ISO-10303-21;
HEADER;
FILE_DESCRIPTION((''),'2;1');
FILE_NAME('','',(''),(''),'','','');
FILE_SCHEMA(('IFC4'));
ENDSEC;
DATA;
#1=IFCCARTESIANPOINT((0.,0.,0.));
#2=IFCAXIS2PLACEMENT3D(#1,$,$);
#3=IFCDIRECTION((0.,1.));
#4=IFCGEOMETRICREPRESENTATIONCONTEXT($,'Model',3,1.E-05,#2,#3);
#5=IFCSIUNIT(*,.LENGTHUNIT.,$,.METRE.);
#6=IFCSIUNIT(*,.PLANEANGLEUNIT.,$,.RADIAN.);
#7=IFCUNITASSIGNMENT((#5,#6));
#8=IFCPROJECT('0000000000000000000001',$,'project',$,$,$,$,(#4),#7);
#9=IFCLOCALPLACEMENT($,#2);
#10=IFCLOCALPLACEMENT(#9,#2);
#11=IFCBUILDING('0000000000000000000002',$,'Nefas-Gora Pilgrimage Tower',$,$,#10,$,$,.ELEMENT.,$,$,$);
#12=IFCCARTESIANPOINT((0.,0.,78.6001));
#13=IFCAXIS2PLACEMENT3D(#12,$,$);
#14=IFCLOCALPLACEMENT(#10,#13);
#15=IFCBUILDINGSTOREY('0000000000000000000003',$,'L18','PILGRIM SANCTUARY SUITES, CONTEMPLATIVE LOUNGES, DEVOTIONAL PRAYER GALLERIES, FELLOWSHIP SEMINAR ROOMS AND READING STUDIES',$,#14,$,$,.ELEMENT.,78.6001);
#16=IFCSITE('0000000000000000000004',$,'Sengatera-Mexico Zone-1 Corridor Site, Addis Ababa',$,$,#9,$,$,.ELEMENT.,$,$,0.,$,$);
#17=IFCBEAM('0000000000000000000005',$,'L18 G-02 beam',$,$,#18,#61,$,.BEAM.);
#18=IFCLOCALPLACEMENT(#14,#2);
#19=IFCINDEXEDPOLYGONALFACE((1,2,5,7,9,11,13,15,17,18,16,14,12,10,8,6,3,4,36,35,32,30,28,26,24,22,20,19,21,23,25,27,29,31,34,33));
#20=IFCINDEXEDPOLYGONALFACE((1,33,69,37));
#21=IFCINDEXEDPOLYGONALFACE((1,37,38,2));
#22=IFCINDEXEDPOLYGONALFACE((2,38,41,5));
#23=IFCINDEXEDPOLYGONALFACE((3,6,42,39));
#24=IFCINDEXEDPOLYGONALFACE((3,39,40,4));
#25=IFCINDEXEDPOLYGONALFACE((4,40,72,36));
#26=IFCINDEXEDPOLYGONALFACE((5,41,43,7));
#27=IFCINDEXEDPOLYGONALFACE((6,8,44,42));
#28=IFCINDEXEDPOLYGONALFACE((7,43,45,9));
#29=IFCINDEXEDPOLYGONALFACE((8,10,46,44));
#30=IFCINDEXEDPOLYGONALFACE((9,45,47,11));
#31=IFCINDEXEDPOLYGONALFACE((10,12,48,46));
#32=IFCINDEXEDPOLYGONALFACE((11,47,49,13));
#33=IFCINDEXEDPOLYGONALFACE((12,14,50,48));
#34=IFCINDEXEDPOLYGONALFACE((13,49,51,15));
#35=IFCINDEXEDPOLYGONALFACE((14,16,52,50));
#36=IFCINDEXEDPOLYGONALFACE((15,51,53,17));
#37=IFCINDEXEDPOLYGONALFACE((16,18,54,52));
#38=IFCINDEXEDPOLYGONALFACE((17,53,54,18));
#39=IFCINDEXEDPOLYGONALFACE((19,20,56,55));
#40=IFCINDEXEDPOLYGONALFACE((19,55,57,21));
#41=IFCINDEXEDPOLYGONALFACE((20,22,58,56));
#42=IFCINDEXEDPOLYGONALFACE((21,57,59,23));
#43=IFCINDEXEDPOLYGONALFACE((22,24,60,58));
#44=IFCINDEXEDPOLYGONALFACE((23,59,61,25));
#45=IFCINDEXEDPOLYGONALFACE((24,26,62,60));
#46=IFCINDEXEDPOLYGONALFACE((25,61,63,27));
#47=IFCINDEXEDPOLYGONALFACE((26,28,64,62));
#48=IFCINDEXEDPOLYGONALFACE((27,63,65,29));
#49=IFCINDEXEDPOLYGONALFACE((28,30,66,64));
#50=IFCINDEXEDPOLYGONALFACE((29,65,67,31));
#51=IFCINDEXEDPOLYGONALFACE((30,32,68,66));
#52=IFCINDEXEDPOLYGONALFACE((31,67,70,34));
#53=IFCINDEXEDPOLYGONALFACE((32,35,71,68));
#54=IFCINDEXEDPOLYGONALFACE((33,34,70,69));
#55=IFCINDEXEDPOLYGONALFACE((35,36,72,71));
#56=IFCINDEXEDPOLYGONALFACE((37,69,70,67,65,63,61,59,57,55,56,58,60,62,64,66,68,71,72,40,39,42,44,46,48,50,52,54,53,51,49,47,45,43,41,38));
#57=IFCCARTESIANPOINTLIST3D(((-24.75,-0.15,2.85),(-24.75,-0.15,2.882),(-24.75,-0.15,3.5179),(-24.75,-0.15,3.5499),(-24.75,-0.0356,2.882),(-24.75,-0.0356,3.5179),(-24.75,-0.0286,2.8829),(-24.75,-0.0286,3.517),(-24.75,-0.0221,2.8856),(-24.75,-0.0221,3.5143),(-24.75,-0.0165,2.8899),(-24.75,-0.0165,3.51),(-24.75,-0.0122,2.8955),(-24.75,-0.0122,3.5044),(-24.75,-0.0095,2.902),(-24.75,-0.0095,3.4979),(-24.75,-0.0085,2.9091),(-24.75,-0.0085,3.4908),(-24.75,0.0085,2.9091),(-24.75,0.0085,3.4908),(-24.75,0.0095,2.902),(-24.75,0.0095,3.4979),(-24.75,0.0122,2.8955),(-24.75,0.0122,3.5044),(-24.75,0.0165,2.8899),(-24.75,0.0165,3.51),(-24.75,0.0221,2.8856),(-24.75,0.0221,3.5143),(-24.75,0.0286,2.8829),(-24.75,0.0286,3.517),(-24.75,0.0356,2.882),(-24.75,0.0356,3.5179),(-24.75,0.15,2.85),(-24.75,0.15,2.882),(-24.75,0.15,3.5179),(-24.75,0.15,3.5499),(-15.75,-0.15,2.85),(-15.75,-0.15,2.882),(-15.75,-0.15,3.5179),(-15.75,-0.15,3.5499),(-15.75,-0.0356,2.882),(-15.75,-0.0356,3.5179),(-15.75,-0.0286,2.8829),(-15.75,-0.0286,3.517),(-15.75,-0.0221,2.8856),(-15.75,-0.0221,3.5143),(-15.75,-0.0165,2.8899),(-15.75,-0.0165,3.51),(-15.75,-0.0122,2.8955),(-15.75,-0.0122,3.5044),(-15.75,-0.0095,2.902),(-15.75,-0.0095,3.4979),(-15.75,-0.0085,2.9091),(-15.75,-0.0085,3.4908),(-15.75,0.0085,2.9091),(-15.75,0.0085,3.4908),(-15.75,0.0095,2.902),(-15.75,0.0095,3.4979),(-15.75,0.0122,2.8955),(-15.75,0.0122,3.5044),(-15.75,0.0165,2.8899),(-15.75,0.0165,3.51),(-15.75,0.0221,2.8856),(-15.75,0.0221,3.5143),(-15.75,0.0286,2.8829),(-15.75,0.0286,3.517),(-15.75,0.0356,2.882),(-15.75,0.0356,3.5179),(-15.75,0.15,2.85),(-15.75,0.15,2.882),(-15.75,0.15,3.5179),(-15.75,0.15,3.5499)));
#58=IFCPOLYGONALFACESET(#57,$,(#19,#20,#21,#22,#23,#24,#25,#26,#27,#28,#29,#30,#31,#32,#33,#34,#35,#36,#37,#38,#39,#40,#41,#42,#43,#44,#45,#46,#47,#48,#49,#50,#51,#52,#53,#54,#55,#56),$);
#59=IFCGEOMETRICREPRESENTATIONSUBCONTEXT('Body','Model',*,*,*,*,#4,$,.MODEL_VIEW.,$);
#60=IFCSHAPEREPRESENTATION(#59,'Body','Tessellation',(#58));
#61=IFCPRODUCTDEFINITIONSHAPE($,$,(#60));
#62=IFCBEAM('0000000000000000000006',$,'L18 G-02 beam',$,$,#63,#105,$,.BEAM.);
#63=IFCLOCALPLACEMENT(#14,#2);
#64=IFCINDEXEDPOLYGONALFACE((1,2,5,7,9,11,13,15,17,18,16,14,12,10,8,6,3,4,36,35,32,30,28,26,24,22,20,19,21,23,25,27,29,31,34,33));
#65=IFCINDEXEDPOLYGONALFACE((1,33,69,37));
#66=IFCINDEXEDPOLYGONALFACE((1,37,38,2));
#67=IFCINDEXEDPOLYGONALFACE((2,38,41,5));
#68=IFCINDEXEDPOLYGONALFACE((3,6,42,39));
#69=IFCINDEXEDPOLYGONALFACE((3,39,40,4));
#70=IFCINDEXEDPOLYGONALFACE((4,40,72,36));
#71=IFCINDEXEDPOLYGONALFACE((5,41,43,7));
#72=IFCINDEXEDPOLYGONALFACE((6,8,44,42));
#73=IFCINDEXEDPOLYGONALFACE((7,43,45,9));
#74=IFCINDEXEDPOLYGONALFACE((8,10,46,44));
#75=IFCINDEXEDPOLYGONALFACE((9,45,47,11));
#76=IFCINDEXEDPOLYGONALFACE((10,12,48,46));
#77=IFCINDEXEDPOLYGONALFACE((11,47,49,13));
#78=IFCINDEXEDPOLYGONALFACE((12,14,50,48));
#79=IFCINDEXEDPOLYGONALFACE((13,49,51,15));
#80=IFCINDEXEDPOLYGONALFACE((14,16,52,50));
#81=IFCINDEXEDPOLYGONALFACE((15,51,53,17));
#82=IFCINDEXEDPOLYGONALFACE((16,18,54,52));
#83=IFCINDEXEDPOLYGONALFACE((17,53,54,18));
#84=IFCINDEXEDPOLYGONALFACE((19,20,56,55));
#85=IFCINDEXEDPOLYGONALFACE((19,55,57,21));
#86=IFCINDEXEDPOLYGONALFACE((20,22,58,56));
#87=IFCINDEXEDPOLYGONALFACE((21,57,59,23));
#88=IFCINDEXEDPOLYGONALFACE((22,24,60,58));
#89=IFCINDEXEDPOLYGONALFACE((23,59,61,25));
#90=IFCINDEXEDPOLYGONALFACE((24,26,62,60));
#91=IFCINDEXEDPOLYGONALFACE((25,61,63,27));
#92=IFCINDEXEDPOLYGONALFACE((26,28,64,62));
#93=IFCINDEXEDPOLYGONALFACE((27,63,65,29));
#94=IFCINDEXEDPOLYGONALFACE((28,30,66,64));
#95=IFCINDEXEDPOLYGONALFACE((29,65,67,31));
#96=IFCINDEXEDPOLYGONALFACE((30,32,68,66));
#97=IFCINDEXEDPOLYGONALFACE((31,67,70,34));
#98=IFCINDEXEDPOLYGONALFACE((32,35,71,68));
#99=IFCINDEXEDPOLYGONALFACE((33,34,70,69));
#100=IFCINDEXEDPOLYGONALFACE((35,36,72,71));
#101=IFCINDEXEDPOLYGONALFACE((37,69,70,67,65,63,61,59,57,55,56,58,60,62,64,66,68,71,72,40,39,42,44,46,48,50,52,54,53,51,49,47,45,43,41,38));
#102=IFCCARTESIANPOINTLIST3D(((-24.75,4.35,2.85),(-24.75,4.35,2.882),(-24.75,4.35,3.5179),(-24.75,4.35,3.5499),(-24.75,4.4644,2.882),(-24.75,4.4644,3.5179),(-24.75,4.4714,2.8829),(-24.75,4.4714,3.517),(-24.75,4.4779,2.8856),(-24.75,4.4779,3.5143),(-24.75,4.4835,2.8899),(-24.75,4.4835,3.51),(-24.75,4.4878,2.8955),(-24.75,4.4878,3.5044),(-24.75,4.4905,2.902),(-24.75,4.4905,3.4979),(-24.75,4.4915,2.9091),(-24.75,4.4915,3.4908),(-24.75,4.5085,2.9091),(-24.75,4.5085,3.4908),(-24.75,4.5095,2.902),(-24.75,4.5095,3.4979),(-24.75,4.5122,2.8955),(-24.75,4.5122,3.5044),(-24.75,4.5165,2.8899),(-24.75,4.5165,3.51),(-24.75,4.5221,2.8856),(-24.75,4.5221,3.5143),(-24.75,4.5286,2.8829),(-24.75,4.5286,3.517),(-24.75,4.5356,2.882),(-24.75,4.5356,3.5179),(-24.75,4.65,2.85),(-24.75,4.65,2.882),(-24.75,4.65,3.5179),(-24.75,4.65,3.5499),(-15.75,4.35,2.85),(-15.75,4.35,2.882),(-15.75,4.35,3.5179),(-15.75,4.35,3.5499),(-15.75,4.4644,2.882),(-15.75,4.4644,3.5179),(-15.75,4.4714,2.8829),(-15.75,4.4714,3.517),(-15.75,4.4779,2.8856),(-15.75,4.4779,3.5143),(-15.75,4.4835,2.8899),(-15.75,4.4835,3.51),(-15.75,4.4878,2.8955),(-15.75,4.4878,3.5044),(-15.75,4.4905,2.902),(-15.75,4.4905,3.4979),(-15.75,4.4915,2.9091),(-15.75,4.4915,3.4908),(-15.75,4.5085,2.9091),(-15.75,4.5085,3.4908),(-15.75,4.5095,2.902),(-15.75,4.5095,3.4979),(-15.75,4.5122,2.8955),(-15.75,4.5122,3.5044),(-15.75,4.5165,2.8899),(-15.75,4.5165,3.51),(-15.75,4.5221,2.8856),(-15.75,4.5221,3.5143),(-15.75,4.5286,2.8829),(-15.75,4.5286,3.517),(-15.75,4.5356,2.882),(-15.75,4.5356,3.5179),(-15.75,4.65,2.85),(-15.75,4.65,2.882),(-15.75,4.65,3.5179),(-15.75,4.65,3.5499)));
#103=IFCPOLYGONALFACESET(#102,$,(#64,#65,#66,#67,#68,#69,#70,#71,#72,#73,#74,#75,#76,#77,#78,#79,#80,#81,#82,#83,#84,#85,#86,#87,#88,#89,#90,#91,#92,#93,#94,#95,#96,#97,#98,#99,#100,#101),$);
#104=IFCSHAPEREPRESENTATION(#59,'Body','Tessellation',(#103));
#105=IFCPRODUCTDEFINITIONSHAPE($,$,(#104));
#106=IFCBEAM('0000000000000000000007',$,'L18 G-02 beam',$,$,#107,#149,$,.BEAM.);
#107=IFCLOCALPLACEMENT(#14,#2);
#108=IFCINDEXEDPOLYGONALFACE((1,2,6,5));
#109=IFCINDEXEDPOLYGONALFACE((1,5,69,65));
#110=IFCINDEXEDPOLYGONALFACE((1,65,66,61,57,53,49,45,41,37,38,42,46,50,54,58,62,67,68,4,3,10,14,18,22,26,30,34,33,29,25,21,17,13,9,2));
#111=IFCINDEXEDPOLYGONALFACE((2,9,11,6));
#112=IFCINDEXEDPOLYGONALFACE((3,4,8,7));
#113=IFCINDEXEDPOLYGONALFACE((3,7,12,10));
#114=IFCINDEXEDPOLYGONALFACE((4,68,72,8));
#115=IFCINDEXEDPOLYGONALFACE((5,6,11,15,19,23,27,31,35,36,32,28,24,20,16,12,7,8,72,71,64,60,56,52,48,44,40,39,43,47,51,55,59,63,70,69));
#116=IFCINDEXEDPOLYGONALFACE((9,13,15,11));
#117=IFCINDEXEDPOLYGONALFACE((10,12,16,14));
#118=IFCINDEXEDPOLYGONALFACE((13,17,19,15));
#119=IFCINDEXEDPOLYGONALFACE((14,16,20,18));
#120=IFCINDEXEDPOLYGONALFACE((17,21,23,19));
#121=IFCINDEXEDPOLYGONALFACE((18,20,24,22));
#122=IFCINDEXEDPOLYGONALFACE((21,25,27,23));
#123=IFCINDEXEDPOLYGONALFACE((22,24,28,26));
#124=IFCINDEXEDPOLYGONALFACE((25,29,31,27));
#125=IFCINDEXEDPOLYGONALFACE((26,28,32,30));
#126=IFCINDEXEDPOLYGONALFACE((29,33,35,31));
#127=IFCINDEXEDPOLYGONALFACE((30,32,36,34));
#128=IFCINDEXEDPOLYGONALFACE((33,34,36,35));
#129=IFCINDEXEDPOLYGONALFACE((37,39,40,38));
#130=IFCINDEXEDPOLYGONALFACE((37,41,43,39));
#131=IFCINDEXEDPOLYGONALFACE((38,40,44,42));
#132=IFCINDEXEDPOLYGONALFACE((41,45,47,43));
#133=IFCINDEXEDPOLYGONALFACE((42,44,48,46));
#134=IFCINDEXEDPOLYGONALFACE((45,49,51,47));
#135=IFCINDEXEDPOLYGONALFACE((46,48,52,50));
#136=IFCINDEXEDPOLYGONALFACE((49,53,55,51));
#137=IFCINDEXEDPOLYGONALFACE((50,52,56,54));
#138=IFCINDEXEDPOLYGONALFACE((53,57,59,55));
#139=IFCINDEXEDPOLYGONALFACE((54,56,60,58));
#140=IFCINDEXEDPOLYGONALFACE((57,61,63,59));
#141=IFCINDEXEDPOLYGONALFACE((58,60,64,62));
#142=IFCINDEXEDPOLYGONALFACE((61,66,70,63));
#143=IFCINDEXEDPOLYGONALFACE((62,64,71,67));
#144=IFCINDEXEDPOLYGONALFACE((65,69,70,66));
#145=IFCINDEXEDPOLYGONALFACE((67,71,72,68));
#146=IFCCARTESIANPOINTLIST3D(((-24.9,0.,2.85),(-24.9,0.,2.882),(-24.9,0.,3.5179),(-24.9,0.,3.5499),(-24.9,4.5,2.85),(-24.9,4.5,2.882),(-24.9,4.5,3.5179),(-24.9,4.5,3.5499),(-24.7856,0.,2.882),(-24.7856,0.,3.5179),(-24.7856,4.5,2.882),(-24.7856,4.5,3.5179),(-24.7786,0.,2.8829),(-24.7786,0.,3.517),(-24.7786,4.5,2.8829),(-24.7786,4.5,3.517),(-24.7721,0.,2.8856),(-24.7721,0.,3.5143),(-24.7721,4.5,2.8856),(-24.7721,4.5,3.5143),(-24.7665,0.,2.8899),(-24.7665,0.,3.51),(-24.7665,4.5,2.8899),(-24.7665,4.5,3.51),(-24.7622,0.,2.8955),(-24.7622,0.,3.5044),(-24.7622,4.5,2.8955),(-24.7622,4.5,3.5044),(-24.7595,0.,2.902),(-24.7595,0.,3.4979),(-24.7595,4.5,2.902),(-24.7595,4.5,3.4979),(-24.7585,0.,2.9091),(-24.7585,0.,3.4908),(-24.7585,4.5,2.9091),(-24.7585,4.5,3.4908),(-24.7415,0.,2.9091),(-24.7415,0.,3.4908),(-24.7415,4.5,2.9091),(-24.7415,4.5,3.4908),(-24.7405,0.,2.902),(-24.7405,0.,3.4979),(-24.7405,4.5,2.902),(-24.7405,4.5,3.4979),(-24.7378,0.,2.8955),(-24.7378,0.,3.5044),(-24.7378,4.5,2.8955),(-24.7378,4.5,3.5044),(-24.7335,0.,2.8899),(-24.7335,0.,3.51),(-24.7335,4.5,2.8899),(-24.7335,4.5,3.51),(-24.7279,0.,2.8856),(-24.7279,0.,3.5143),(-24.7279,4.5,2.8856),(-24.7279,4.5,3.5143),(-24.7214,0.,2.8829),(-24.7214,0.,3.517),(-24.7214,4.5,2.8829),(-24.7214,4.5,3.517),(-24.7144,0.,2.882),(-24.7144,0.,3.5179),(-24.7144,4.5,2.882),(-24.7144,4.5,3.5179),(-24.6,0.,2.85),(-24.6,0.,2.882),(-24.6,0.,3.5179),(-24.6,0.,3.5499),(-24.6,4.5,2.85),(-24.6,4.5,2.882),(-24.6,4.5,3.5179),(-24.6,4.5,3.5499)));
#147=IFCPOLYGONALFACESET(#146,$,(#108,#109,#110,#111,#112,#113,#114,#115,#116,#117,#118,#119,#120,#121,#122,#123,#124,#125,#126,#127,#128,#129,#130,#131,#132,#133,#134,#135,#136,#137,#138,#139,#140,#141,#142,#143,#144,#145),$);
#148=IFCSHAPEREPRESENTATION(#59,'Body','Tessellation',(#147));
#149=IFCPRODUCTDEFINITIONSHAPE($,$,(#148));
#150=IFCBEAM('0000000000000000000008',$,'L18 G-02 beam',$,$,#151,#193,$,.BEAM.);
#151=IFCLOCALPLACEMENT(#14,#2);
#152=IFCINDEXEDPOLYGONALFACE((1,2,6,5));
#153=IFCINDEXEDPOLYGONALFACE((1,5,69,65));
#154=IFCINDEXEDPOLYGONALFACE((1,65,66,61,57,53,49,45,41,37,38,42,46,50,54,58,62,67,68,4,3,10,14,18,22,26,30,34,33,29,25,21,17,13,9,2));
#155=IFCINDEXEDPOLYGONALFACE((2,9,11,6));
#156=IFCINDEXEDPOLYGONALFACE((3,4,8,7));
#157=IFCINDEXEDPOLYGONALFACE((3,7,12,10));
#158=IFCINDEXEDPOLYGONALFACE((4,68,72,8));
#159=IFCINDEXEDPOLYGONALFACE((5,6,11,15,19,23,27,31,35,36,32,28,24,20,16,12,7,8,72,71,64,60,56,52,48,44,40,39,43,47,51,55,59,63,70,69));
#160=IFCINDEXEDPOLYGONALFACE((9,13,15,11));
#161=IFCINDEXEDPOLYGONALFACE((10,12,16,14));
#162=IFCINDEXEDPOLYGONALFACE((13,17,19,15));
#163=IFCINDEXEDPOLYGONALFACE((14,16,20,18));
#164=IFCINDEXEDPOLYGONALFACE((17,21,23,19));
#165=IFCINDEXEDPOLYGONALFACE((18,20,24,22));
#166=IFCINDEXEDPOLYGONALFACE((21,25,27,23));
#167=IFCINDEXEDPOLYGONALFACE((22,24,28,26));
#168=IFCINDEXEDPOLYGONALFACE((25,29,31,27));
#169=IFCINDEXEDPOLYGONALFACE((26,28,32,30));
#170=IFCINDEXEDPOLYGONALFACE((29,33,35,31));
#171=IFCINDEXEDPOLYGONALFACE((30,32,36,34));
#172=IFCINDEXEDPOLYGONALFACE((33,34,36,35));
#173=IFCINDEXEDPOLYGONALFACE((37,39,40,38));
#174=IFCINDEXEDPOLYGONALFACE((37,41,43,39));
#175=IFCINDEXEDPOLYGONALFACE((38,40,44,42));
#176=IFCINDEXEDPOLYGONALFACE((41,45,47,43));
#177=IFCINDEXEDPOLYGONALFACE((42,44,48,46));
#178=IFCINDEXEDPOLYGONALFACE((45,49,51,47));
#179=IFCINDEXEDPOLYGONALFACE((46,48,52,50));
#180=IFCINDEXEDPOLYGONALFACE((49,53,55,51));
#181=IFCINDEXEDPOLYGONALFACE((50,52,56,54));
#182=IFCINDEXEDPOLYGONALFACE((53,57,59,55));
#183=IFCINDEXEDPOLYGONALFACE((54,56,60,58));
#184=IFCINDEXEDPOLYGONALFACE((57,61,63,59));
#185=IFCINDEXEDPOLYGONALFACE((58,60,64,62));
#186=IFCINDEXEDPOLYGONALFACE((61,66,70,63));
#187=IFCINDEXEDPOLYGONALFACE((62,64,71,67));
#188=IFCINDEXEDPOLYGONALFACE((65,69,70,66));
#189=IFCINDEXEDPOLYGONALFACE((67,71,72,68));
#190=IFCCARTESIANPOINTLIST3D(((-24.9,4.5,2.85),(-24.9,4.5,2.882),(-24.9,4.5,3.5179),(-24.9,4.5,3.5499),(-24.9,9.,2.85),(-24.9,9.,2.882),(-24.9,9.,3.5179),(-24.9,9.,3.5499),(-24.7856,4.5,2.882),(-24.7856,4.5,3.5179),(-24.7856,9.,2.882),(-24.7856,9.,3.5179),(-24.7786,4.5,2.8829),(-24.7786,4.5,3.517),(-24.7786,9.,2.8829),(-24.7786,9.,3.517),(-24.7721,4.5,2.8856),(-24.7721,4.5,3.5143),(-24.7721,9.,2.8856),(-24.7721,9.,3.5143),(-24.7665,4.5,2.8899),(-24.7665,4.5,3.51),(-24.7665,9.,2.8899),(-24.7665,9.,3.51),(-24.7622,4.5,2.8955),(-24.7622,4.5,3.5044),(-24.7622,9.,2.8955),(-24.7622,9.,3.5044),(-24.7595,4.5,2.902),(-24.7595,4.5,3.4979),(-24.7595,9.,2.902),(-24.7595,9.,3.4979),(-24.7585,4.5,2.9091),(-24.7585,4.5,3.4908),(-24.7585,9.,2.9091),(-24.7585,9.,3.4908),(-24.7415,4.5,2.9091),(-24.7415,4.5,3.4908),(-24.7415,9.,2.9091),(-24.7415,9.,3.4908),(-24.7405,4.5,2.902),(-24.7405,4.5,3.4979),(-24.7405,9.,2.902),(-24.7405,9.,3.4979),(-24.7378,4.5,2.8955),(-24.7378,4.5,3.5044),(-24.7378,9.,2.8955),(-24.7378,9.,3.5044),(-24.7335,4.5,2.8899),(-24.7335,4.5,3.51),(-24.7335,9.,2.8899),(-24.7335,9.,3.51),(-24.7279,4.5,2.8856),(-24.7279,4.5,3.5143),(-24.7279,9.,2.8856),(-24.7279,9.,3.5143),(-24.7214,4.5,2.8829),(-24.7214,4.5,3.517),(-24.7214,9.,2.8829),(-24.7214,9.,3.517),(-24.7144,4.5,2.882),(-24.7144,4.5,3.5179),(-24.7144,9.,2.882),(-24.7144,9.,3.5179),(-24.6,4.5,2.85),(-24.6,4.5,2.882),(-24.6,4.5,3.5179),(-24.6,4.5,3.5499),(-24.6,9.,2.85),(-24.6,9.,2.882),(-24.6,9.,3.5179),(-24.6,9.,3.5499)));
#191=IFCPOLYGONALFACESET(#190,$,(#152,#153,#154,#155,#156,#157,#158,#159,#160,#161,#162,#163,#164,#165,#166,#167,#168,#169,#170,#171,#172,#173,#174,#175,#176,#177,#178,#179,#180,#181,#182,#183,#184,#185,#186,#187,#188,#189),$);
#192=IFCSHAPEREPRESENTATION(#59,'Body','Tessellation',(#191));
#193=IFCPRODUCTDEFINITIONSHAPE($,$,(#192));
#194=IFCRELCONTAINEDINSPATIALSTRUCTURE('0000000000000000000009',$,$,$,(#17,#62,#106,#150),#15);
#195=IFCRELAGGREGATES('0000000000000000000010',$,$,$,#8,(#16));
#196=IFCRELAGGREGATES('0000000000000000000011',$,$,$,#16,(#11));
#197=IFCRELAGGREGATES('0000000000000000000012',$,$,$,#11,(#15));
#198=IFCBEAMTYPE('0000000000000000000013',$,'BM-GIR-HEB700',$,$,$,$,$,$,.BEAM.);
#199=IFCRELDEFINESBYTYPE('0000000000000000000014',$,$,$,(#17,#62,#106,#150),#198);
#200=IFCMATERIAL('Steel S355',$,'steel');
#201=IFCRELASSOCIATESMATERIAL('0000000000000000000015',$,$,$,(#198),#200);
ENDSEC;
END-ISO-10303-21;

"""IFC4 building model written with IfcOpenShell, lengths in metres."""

from ifc_helpers import new_model, si_unit, direction, frame, origin, origin_2d, place, context, subcontext, project, spatial, i_section, extrude, source, transform, mapped, material, material_profile, profile_set, type_object, element, save


model = new_model("IFC4")

# Units and contexts
model_context = context("Model", 3, precision=1e-05, world=origin(), true_north=direction((0.0, 1.0)))
body_context = subcontext(model_context, "Body", "Model", "MODEL_VIEW")
ifc_project = project(units=[si_unit("LENGTHUNIT", "METRE"), si_unit("PLANEANGLEUNIT", "RADIAN")], contexts=[model_context])

# Site, building, storey
site_placement = place(None, origin())
site = spatial("IfcSite", under=ifc_project, at=site_placement, Name="Sengatera-Mexico Zone-1 Corridor Site, Addis Ababa", CompositionType="ELEMENT", RefElevation=0.0)
building_placement = place(site_placement, origin())
building = spatial("IfcBuilding", under=site, at=building_placement, Name="Nefas-Gora Pilgrimage Tower", CompositionType="ELEMENT")
storey_placement = place(building_placement, frame((0.0, 0.0, 78.6001)))
storey = spatial("IfcBuildingStorey", under=building, at=storey_placement, Name="L18", Description="PILGRIM SANCTUARY SUITES, CONTEMPLATIVE LOUNGES, DEVOTIONAL PRAYER GALLERIES, FELLOWSHIP SEMINAR ROOMS AND READING STUDIES", CompositionType="ELEMENT", Elevation=78.6001)

# Beams
ifc_material_1 = material(Name="Steel S355", Category="steel")
ifc_material_profile_1 = material_profile(ifc_material_1, i_section(OverallWidth=0.3, OverallDepth=0.7, WebThickness=0.0171, FlangeThickness=0.032, FilletRadius=0.0271, at=origin_2d()), Name="HEB 700")
ifc_profile_set_1 = profile_set([ifc_material_profile_1], Name="Steel S355")
beam_type_1 = type_object("IfcBeamType", Name="BM-GIR-HEB700", PredefinedType="BEAM", material=ifc_profile_set_1)
shared_shape_1 = source(origin(), body_context, "Body", "SweptSolid", [
    extrude(i_section(OverallWidth=0.3, OverallDepth=0.7, WebThickness=0.0171, FlangeThickness=0.032, FilletRadius=0.0271, at=origin_2d()), origin(), (0.0, 0.0, 1.0), 9.0),
])
for number, where, z_axis, x_axis, name in (
    (1, (-24.75, 0.0, 3.2), (1.0, 0.0, 0.0), (0.0, 1.0, 0.0), "L18 G-02 beam"),
    (2, (-24.75, 4.5, 3.2), (1.0, 0.0, 0.0), (0.0, 1.0, 0.0), "L18 G-02 beam"),
):
    element("IfcBeam", number, at=place(storey_placement, frame(where, z_axis=z_axis, x_axis=x_axis)), inside=storey, type_object=beam_type_1, Name=name, PredefinedType="BEAM", context=body_context, shape_type="MappedRepresentation", body=[
        mapped(shared_shape_1, transform((0.0, 0.0, 0.0), x_axis=(1.0, 0.0, 0.0), y_axis=(0.0, 1.0, 0.0), z_axis=(0.0, 0.0, 1.0), scale=1.0)),
    ])
shared_shape_2 = source(origin(), body_context, "Body", "SweptSolid", [
    extrude(i_section(OverallWidth=0.3, OverallDepth=0.7, WebThickness=0.0171, FlangeThickness=0.032, FilletRadius=0.0271, at=origin_2d()), origin(), (0.0, 0.0, 1.0), 4.5),
])
for number, where, z_axis, x_axis, name in (
    (3, (-24.75, 0.0, 3.2), (0.0, 1.0, 0.0), (-1.0, 0.0, 0.0), "L18 G-02 beam"),
    (4, (-24.75, 4.5, 3.2), (0.0, 1.0, 0.0), (-1.0, 0.0, 0.0), "L18 G-02 beam"),
):
    element("IfcBeam", number, at=place(storey_placement, frame(where, z_axis=z_axis, x_axis=x_axis)), inside=storey, type_object=beam_type_1, Name=name, PredefinedType="BEAM", context=body_context, shape_type="MappedRepresentation", body=[
        mapped(shared_shape_2, transform((0.0, 0.0, 0.0), x_axis=(1.0, 0.0, 0.0), y_axis=(0.0, 1.0, 0.0), z_axis=(0.0, 0.0, 1.0), scale=1.0)),
    ])

save(model, "model.ifc")
